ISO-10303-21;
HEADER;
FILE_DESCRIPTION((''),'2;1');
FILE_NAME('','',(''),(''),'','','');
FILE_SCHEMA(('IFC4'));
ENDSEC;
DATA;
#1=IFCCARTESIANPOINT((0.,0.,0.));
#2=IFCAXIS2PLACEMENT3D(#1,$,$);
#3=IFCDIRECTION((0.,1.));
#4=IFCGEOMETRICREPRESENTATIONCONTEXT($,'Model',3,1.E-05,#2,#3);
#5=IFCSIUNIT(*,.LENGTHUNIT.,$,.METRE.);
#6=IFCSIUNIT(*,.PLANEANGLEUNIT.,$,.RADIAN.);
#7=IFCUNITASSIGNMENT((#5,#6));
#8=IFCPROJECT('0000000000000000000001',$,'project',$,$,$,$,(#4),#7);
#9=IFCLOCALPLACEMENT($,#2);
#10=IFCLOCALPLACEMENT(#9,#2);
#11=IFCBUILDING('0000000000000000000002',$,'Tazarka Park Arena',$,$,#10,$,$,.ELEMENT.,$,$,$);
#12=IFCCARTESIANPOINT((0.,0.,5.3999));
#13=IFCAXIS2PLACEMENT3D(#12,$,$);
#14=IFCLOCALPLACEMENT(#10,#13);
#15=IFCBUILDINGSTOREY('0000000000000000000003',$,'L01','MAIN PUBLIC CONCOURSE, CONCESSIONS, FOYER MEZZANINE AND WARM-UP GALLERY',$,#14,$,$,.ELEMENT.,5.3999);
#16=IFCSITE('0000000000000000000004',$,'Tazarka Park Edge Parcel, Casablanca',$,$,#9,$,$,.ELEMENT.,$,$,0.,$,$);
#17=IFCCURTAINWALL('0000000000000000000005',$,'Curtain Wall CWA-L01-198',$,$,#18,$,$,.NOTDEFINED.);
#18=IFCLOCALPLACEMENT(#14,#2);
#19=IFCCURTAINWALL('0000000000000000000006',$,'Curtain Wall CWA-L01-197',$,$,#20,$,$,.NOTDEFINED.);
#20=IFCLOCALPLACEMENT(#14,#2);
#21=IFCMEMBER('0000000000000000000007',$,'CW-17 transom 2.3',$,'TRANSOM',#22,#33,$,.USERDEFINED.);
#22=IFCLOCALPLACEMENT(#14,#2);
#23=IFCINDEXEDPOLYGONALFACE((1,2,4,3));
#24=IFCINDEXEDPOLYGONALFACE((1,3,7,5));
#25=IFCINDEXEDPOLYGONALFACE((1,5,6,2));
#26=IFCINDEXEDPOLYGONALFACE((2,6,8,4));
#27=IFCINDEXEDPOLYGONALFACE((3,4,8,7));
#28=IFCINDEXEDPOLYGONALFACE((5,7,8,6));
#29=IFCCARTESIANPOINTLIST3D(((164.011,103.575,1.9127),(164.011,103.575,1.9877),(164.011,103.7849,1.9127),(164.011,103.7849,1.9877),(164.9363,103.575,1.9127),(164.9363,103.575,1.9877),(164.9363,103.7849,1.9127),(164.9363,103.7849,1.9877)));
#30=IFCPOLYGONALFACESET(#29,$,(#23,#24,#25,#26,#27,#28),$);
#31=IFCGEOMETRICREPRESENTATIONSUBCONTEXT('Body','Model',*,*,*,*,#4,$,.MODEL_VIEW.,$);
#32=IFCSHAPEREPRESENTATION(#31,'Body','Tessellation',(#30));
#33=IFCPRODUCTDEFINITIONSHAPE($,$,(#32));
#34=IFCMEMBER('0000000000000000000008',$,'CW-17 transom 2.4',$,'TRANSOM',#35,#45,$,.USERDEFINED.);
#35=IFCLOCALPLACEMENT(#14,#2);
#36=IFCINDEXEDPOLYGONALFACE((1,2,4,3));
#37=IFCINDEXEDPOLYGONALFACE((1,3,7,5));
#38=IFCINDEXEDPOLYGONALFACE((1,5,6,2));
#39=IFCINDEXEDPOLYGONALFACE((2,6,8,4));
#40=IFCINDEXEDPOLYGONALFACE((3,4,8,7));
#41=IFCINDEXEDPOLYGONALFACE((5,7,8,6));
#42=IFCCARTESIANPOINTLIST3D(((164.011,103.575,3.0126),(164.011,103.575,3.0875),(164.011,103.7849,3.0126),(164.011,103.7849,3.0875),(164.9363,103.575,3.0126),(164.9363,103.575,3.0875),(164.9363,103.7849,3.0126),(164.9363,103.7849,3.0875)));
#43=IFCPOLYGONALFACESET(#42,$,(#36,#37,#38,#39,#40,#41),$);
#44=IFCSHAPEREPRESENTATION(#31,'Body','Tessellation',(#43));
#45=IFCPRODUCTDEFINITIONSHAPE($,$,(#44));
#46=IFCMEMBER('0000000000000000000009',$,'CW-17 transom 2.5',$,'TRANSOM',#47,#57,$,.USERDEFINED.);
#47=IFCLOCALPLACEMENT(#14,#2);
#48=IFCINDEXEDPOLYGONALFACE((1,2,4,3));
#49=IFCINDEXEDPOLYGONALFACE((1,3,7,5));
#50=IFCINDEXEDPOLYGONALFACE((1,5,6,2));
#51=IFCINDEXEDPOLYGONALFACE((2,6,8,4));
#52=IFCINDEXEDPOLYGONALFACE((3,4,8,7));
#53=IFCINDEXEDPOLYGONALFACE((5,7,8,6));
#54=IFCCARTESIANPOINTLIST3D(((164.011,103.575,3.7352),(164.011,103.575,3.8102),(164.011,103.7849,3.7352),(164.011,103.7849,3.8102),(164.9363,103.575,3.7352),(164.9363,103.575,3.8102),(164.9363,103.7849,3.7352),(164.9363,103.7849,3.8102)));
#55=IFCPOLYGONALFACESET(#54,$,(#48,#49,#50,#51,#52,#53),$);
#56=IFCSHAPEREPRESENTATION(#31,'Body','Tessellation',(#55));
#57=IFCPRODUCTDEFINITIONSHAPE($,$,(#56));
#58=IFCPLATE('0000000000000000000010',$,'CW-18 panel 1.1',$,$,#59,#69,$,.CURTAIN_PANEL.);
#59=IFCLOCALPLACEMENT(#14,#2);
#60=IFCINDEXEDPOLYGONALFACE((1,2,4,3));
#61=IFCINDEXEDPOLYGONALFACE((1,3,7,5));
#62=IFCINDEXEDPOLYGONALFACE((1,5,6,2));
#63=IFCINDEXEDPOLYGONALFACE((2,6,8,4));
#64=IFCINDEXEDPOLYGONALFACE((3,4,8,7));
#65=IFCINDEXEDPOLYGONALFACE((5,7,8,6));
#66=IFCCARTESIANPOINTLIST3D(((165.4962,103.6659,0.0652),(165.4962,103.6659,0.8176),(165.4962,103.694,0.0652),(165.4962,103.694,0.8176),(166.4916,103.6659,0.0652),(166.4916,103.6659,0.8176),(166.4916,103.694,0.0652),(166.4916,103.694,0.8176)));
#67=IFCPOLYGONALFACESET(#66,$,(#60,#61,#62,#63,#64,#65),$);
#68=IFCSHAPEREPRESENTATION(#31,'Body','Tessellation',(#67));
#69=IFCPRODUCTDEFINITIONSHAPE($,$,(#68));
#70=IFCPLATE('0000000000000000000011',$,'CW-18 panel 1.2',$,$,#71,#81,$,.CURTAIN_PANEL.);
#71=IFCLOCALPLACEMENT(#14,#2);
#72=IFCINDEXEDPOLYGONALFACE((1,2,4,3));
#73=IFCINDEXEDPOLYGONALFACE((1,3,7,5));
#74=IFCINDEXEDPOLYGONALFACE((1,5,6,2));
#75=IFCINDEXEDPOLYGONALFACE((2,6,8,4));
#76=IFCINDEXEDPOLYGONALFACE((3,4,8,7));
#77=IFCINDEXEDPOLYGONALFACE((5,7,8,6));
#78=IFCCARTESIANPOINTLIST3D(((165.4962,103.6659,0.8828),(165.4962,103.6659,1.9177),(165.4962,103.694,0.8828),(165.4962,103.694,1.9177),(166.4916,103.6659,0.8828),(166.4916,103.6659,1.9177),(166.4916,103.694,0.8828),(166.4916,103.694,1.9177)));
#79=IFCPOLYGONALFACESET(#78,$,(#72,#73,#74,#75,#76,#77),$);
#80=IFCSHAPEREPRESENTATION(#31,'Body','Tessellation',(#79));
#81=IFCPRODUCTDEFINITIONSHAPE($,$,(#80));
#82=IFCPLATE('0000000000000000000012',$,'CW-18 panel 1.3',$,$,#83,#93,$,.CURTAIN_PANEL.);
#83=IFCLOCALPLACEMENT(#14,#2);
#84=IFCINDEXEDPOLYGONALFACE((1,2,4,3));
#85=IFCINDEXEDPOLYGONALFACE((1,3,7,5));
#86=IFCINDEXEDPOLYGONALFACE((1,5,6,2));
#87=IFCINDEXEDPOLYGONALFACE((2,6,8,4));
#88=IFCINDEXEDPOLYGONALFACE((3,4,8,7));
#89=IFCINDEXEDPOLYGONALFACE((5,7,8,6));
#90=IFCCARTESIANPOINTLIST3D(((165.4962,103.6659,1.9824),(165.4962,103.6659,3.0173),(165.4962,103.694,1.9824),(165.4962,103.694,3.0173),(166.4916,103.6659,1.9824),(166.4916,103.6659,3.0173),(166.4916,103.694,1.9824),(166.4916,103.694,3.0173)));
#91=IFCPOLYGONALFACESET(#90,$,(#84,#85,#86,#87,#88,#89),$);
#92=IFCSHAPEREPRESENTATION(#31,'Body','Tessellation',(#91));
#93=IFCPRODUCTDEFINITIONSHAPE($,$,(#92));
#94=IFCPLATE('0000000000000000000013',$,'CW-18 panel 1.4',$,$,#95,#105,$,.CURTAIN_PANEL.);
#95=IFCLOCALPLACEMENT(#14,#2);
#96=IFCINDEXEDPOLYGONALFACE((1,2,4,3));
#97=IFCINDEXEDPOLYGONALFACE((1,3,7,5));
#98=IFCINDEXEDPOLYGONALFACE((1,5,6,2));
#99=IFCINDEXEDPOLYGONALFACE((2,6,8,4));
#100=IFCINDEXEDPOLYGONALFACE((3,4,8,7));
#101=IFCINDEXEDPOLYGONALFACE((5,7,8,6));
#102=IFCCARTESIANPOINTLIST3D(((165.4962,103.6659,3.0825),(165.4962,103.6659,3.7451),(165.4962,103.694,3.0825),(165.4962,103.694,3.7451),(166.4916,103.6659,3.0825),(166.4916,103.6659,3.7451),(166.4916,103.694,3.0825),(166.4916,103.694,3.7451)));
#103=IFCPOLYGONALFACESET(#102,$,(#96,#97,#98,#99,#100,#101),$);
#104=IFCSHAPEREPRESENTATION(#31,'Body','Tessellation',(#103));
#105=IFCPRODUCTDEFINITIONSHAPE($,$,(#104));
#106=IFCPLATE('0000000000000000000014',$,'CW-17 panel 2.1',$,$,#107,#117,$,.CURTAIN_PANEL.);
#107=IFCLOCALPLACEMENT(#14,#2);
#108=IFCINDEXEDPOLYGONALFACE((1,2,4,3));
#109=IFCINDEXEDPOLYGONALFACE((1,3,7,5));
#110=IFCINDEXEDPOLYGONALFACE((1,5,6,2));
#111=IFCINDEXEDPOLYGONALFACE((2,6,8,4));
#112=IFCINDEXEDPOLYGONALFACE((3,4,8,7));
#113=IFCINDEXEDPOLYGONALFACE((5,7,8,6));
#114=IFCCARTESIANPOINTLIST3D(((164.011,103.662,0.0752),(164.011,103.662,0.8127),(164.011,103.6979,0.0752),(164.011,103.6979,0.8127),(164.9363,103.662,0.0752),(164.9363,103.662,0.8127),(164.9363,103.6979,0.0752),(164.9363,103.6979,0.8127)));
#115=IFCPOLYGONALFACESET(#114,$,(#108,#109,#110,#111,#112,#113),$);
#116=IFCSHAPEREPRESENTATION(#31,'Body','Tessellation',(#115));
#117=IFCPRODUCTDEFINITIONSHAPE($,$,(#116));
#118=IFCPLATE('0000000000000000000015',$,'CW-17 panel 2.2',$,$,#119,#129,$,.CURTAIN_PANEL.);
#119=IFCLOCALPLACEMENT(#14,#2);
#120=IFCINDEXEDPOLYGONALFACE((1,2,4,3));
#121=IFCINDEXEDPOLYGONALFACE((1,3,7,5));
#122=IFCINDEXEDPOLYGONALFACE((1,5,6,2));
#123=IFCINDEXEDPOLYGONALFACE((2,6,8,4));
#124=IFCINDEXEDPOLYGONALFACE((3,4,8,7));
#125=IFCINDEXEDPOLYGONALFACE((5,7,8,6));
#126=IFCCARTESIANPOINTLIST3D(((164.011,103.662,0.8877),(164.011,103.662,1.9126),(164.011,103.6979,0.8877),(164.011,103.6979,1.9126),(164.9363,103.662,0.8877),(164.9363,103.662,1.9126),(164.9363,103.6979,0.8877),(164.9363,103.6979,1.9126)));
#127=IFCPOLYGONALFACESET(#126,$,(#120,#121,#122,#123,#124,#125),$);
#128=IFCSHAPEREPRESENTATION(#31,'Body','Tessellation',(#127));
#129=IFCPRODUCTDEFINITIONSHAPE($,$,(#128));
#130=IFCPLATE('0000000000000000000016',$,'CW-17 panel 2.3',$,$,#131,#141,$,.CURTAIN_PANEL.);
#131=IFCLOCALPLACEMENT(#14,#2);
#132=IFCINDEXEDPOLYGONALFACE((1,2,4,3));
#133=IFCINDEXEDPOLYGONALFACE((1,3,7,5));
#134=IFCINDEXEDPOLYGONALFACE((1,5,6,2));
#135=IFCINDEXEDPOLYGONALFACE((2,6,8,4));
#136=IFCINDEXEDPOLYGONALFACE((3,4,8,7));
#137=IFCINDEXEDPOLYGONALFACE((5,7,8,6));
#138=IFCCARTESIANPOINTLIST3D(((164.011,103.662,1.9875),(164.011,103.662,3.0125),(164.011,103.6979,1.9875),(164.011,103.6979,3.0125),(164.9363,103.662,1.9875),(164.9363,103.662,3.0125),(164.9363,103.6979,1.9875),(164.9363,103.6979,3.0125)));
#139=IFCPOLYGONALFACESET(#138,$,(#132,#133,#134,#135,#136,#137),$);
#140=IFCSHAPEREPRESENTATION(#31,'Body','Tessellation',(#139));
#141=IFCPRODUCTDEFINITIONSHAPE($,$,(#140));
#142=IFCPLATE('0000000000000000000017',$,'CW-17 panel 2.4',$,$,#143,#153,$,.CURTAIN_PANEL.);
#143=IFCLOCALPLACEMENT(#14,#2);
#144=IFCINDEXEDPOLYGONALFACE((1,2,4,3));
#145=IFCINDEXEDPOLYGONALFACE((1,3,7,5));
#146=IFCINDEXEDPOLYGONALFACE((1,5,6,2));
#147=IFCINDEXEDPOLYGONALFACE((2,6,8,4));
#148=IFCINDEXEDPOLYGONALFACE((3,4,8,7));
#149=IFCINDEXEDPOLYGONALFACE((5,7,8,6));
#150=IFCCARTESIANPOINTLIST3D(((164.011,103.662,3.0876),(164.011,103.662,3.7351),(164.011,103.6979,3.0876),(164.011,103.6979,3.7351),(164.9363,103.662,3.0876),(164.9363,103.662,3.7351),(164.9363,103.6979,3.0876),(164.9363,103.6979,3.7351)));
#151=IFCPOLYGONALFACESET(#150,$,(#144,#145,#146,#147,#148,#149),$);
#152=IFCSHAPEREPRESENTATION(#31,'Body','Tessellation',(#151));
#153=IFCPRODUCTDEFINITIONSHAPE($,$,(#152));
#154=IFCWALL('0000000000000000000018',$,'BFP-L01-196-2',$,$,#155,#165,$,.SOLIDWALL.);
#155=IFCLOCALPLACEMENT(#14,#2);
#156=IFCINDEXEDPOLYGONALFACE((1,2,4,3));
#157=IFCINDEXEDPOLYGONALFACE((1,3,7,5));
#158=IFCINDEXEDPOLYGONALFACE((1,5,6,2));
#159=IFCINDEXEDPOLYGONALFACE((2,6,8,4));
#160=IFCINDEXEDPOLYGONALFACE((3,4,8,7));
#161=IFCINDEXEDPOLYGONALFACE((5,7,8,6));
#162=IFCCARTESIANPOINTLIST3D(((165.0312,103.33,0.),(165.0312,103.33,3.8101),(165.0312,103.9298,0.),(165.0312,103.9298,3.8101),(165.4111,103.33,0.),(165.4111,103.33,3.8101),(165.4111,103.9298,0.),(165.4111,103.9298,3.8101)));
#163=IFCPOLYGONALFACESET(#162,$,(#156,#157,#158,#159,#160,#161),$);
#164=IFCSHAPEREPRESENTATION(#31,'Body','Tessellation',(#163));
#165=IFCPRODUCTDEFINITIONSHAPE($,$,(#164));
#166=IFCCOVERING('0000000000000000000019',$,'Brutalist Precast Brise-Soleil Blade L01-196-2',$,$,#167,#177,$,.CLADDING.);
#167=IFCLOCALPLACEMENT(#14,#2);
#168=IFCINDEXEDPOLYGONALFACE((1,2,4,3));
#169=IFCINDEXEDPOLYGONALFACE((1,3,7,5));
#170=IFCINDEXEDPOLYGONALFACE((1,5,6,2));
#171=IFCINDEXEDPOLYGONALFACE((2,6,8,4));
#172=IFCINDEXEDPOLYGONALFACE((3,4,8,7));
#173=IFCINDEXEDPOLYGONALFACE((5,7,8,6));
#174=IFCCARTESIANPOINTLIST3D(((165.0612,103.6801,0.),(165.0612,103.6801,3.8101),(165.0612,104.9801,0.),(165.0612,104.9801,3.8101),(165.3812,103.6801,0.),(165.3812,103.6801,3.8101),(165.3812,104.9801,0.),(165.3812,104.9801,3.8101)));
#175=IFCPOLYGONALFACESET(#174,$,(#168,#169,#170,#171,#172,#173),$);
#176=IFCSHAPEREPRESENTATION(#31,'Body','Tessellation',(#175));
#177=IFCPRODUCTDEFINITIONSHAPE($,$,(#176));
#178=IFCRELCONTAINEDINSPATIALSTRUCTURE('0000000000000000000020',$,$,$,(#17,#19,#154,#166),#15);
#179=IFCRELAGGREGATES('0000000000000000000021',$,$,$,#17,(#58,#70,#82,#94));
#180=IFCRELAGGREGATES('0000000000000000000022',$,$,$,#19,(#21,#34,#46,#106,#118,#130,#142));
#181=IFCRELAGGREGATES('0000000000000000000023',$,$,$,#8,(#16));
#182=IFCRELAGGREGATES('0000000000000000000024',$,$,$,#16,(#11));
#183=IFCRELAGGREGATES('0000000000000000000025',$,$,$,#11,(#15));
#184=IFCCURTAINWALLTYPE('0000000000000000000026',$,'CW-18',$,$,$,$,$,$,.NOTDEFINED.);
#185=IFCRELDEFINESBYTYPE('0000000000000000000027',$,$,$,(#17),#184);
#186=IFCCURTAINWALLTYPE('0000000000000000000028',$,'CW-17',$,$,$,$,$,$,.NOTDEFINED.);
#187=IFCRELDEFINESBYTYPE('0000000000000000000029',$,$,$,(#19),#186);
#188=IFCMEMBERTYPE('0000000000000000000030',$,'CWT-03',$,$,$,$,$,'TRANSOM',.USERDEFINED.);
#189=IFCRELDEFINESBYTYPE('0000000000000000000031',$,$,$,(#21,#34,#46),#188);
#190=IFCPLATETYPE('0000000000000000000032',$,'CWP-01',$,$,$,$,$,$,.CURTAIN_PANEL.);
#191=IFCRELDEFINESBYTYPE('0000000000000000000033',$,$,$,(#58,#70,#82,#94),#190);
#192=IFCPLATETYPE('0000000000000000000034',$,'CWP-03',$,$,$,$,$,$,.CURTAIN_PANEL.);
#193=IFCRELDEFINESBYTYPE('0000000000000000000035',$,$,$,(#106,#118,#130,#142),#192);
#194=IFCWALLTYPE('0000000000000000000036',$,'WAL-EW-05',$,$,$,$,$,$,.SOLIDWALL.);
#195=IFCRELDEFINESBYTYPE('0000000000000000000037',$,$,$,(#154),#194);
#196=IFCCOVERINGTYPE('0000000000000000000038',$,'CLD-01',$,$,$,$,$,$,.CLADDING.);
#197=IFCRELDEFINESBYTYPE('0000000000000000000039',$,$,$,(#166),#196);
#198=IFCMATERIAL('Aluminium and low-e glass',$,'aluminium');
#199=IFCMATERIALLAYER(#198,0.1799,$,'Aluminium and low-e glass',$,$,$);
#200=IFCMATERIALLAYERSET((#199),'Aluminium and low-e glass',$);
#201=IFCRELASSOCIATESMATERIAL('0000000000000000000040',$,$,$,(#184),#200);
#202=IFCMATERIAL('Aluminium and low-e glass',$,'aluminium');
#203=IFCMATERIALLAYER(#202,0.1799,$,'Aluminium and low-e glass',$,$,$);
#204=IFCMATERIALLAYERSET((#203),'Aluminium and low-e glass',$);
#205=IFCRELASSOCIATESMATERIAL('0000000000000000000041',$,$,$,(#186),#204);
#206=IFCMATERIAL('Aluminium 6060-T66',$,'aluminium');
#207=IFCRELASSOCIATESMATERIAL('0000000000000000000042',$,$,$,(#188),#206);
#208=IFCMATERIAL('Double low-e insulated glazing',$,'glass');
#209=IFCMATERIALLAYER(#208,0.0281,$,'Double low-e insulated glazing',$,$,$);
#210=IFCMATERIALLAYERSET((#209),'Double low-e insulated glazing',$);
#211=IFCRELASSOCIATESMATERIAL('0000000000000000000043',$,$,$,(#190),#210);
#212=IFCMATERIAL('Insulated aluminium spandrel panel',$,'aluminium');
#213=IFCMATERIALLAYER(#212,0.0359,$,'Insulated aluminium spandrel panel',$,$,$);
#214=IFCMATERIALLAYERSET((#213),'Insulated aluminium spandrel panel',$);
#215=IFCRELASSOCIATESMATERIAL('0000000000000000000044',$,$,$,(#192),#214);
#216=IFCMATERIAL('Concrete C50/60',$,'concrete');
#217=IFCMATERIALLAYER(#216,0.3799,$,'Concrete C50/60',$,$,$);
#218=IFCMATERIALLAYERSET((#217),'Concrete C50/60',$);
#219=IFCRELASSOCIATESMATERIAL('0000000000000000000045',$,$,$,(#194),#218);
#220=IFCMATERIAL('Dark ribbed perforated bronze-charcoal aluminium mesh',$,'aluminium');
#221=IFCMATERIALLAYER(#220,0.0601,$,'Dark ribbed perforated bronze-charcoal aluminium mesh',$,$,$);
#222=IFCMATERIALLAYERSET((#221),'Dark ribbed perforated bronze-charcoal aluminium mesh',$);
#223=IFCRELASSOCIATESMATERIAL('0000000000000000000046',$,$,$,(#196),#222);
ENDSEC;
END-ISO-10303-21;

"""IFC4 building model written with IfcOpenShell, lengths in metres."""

from ifc_helpers import new_model, si_unit, direction, frame, frame_2d, origin, origin_2d, place, context, subcontext, project, spatial, rectangle, extrude, material, layer, layer_set, material_profile, profile_set, type_object, element, aggregate, save


model = new_model("IFC4")

# Units and contexts
model_context = context("Model", 3, precision=1e-05, world=origin(), true_north=direction((0.0, 1.0)))
body_context = subcontext(model_context, "Body", "Model", "MODEL_VIEW")
ifc_project = project(units=[si_unit("LENGTHUNIT", "METRE"), si_unit("PLANEANGLEUNIT", "RADIAN")], contexts=[model_context])

# Site, building, storey
site_placement = place(None, origin())
site = spatial("IfcSite", under=ifc_project, at=site_placement, Name="Tazarka Park Edge Parcel, Casablanca", CompositionType="ELEMENT", RefElevation=0.0)
building_placement = place(site_placement, origin())
building = spatial("IfcBuilding", under=site, at=building_placement, Name="Tazarka Park Arena", CompositionType="ELEMENT")
storey_placement = place(building_placement, frame((0.0, 0.0, 5.3999)))
storey = spatial("IfcBuildingStorey", under=building, at=storey_placement, Name="L01", Description="MAIN PUBLIC CONCOURSE, CONCESSIONS, FOYER MEZZANINE AND WARM-UP GALLERY", CompositionType="ELEMENT", Elevation=5.3999)

# Curtain wall
ifc_material_1 = material(Name="Aluminium and low-e glass", Category="aluminium")
ifc_layer_1 = layer(ifc_material_1, 0.1799, Name="Aluminium and low-e glass")
ifc_layer_set_1 = layer_set([ifc_layer_1], Name="Aluminium and low-e glass")
curtain_wall_type_1 = type_object("IfcCurtainWallType", Name="CW-18", PredefinedType="NOTDEFINED", material=ifc_layer_set_1)
curtain_wall_1_placement = place(storey_placement, origin())
curtain_wall_1 = element("IfcCurtainWall", 1, at=curtain_wall_1_placement, inside=storey, type_object=curtain_wall_type_1, Name="Curtain Wall CWA-L01-198", PredefinedType="NOTDEFINED")

# Curtain wall
ifc_material_2 = material(Name="Aluminium and low-e glass", Category="aluminium")
ifc_layer_2 = layer(ifc_material_2, 0.1799, Name="Aluminium and low-e glass")
ifc_layer_set_2 = layer_set([ifc_layer_2], Name="Aluminium and low-e glass")
curtain_wall_type_2 = type_object("IfcCurtainWallType", Name="CW-17", PredefinedType="NOTDEFINED", material=ifc_layer_set_2)
curtain_wall_2_placement = place(storey_placement, origin())
curtain_wall_2 = element("IfcCurtainWall", 2, at=curtain_wall_2_placement, inside=storey, type_object=curtain_wall_type_2, Name="Curtain Wall CWA-L01-197", PredefinedType="NOTDEFINED")

# Members
ifc_material_3 = material(Name="Aluminium 6060-T66", Category="aluminium")
ifc_material_profile_1 = material_profile(ifc_material_3, rectangle(XDim=0.21, YDim=0.075, at=origin_2d()), Name="Aluminium 6060-T66")
ifc_profile_set_1 = profile_set([ifc_material_profile_1], Name="Aluminium 6060-T66")
member_type_1 = type_object("IfcMemberType", Name="CWT-03", ElementType="TRANSOM", PredefinedType="USERDEFINED", material=ifc_profile_set_1)
member_1_placement = place(storey_placement, frame((164.011, 103.6799, 1.9502), z_axis=(1.0, 0.0, 0.0), x_axis=(0.0, 1.0, 0.0)))
member_1 = element("IfcMember", 3, at=member_1_placement, type_object=member_type_1, Name="CW-17 transom 2.3", ObjectType="TRANSOM", PredefinedType="USERDEFINED", context=body_context, shape_type="SweptSolid", body=[
    extrude(rectangle(XDim=0.21, YDim=0.075, at=origin_2d()), origin(), (0.0, 0.0, 1.0), 0.9253),
])
member_2_placement = place(storey_placement, frame((164.011, 103.6799, 3.05), z_axis=(1.0, 0.0, 0.0), x_axis=(0.0, 1.0, 0.0)))
member_2 = element("IfcMember", 4, at=member_2_placement, type_object=member_type_1, Name="CW-17 transom 2.4", ObjectType="TRANSOM", PredefinedType="USERDEFINED", context=body_context, shape_type="SweptSolid", body=[
    extrude(rectangle(XDim=0.21, YDim=0.075, at=origin_2d()), origin(), (0.0, 0.0, 1.0), 0.9253),
])
member_3_placement = place(storey_placement, frame((164.011, 103.6799, 3.7727), z_axis=(1.0, 0.0, 0.0), x_axis=(0.0, 1.0, 0.0)))
member_3 = element("IfcMember", 5, at=member_3_placement, type_object=member_type_1, Name="CW-17 transom 2.5", ObjectType="TRANSOM", PredefinedType="USERDEFINED", context=body_context, shape_type="SweptSolid", body=[
    extrude(rectangle(XDim=0.21, YDim=0.075, at=origin_2d()), origin(), (0.0, 0.0, 1.0), 0.9253),
])

# Plates
ifc_material_4 = material(Name="Double low-e insulated glazing", Category="glass")
ifc_layer_3 = layer(ifc_material_4, 0.0281, Name="Double low-e insulated glazing")
ifc_layer_set_3 = layer_set([ifc_layer_3], Name="Double low-e insulated glazing")
plate_type_1 = type_object("IfcPlateType", Name="CWP-01", PredefinedType="CURTAIN_PANEL", material=ifc_layer_set_3)
plate_1_placement = place(storey_placement, frame((165.9939, 103.6799, 0.0652), z_axis=(0.0, 0.0, 1.0), x_axis=(1.0, 0.0, 0.0)))
plate_1 = element("IfcPlate", 6, at=plate_1_placement, type_object=plate_type_1, Name="CW-18 panel 1.1", PredefinedType="CURTAIN_PANEL", context=body_context, shape_type="SweptSolid", body=[
    extrude(rectangle(XDim=0.9954, YDim=0.0281, at=origin_2d()), origin(), (0.0, 0.0, 1.0), 0.7524),
])
plate_2_placement = place(storey_placement, frame((165.9939, 103.6799, 0.8828), z_axis=(0.0, 0.0, 1.0), x_axis=(1.0, 0.0, 0.0)))
plate_2 = element("IfcPlate", 7, at=plate_2_placement, type_object=plate_type_1, Name="CW-18 panel 1.2", PredefinedType="CURTAIN_PANEL", context=body_context, shape_type="SweptSolid", body=[
    extrude(rectangle(XDim=0.9954, YDim=0.0281, at=origin_2d()), origin(), (0.0, 0.0, 1.0), 1.0349),
])
plate_3_placement = place(storey_placement, frame((165.9939, 103.6799, 1.9824), z_axis=(0.0, 0.0, 1.0), x_axis=(1.0, 0.0, 0.0)))
plate_3 = element("IfcPlate", 8, at=plate_3_placement, type_object=plate_type_1, Name="CW-18 panel 1.3", PredefinedType="CURTAIN_PANEL", context=body_context, shape_type="SweptSolid", body=[
    extrude(rectangle(XDim=0.9954, YDim=0.0281, at=origin_2d()), origin(), (0.0, 0.0, 1.0), 1.0349),
])
plate_4_placement = place(storey_placement, frame((165.9939, 103.6799, 3.0825), z_axis=(0.0, 0.0, 1.0), x_axis=(1.0, 0.0, 0.0)))
plate_4 = element("IfcPlate", 9, at=plate_4_placement, type_object=plate_type_1, Name="CW-18 panel 1.4", PredefinedType="CURTAIN_PANEL", context=body_context, shape_type="SweptSolid", body=[
    extrude(rectangle(XDim=0.9954, YDim=0.0281, at=origin_2d()), origin(), (0.0, 0.0, 1.0), 0.6626),
])
aggregate(curtain_wall_1, [plate_1, plate_2, plate_3, plate_4])
ifc_material_5 = material(Name="Insulated aluminium spandrel panel", Category="aluminium")
ifc_layer_4 = layer(ifc_material_5, 0.0359, Name="Insulated aluminium spandrel panel")
ifc_layer_set_4 = layer_set([ifc_layer_4], Name="Insulated aluminium spandrel panel")
plate_type_2 = type_object("IfcPlateType", Name="CWP-03", PredefinedType="CURTAIN_PANEL", material=ifc_layer_set_4)
plate_5_placement = place(storey_placement, frame((164.4736, 103.6799, 0.0752), z_axis=(0.0, 0.0, 1.0), x_axis=(1.0, 0.0, 0.0)))
plate_5 = element("IfcPlate", 10, at=plate_5_placement, type_object=plate_type_2, Name="CW-17 panel 2.1", PredefinedType="CURTAIN_PANEL", context=body_context, shape_type="SweptSolid", body=[
    extrude(rectangle(XDim=0.9253, YDim=0.0359, at=origin_2d()), origin(), (0.0, 0.0, 1.0), 0.7375),
])
plate_6_placement = place(storey_placement, frame((164.4736, 103.6799, 0.8877), z_axis=(0.0, 0.0, 1.0), x_axis=(1.0, 0.0, 0.0)))
plate_6 = element("IfcPlate", 11, at=plate_6_placement, type_object=plate_type_2, Name="CW-17 panel 2.2", PredefinedType="CURTAIN_PANEL", context=body_context, shape_type="SweptSolid", body=[
    extrude(rectangle(XDim=0.9253, YDim=0.0359, at=origin_2d()), origin(), (0.0, 0.0, 1.0), 1.0249),
])
plate_7_placement = place(storey_placement, frame((164.4736, 103.6799, 1.9875), z_axis=(0.0, 0.0, 1.0), x_axis=(1.0, 0.0, 0.0)))
plate_7 = element("IfcPlate", 12, at=plate_7_placement, type_object=plate_type_2, Name="CW-17 panel 2.3", PredefinedType="CURTAIN_PANEL", context=body_context, shape_type="SweptSolid", body=[
    extrude(rectangle(XDim=0.9253, YDim=0.0359, at=origin_2d()), origin(), (0.0, 0.0, 1.0), 1.0249),
])
plate_8_placement = place(storey_placement, frame((164.4736, 103.6799, 3.0876), z_axis=(0.0, 0.0, 1.0), x_axis=(1.0, 0.0, 0.0)))
plate_8 = element("IfcPlate", 13, at=plate_8_placement, type_object=plate_type_2, Name="CW-17 panel 2.4", PredefinedType="CURTAIN_PANEL", context=body_context, shape_type="SweptSolid", body=[
    extrude(rectangle(XDim=0.9253, YDim=0.0359, at=origin_2d()), origin(), (0.0, 0.0, 1.0), 0.6475),
])
aggregate(curtain_wall_2, [member_1, member_2, member_3, plate_5, plate_6, plate_7, plate_8])

# Wall
ifc_material_6 = material(Name="Concrete C50/60", Category="concrete")
ifc_layer_5 = layer(ifc_material_6, 0.3799, Name="Concrete C50/60")
ifc_layer_set_5 = layer_set([ifc_layer_5], Name="Concrete C50/60")
wall_type = type_object("IfcWallType", Name="WAL-EW-05", PredefinedType="SOLIDWALL", material=ifc_layer_set_5)
wall_placement = place(storey_placement, frame((165.2212, 103.3301, 0.0), z_axis=(0.0, 0.0, 1.0), x_axis=(0.0, 1.0, 0.0)))
element("IfcWall", 14, at=wall_placement, inside=storey, type_object=wall_type, Name="BFP-L01-196-2", PredefinedType="SOLIDWALL", context=body_context, shape_type="SweptSolid", body=[
    extrude(rectangle(XDim=0.5999, YDim=0.3799, at=frame_2d((0.2998, 0.0))), origin(), (0.0, 0.0, 1.0), 3.8101),
])

# Covering
ifc_material_7 = material(Name="Dark ribbed perforated bronze-charcoal aluminium mesh", Category="aluminium")
ifc_layer_6 = layer(ifc_material_7, 0.0601, Name="Dark ribbed perforated bronze-charcoal aluminium mesh")
ifc_layer_set_6 = layer_set([ifc_layer_6], Name="Dark ribbed perforated bronze-charcoal aluminium mesh")
covering_type = type_object("IfcCoveringType", Name="CLD-01", PredefinedType="CLADDING", material=ifc_layer_set_6)
covering_placement = place(storey_placement, frame((165.2212, 104.3301, 0.0), z_axis=(0.0, 0.0, 1.0), x_axis=(1.0, 0.0, 0.0)))
element("IfcCovering", 15, at=covering_placement, inside=storey, type_object=covering_type, Name="Brutalist Precast Brise-Soleil Blade L01-196-2", PredefinedType="CLADDING", context=body_context, shape_type="SweptSolid", body=[
    extrude(rectangle(XDim=0.3201, YDim=1.3, at=origin_2d()), origin(), (0.0, 0.0, 1.0), 3.8101),
])

save(model, "model.ifc")
